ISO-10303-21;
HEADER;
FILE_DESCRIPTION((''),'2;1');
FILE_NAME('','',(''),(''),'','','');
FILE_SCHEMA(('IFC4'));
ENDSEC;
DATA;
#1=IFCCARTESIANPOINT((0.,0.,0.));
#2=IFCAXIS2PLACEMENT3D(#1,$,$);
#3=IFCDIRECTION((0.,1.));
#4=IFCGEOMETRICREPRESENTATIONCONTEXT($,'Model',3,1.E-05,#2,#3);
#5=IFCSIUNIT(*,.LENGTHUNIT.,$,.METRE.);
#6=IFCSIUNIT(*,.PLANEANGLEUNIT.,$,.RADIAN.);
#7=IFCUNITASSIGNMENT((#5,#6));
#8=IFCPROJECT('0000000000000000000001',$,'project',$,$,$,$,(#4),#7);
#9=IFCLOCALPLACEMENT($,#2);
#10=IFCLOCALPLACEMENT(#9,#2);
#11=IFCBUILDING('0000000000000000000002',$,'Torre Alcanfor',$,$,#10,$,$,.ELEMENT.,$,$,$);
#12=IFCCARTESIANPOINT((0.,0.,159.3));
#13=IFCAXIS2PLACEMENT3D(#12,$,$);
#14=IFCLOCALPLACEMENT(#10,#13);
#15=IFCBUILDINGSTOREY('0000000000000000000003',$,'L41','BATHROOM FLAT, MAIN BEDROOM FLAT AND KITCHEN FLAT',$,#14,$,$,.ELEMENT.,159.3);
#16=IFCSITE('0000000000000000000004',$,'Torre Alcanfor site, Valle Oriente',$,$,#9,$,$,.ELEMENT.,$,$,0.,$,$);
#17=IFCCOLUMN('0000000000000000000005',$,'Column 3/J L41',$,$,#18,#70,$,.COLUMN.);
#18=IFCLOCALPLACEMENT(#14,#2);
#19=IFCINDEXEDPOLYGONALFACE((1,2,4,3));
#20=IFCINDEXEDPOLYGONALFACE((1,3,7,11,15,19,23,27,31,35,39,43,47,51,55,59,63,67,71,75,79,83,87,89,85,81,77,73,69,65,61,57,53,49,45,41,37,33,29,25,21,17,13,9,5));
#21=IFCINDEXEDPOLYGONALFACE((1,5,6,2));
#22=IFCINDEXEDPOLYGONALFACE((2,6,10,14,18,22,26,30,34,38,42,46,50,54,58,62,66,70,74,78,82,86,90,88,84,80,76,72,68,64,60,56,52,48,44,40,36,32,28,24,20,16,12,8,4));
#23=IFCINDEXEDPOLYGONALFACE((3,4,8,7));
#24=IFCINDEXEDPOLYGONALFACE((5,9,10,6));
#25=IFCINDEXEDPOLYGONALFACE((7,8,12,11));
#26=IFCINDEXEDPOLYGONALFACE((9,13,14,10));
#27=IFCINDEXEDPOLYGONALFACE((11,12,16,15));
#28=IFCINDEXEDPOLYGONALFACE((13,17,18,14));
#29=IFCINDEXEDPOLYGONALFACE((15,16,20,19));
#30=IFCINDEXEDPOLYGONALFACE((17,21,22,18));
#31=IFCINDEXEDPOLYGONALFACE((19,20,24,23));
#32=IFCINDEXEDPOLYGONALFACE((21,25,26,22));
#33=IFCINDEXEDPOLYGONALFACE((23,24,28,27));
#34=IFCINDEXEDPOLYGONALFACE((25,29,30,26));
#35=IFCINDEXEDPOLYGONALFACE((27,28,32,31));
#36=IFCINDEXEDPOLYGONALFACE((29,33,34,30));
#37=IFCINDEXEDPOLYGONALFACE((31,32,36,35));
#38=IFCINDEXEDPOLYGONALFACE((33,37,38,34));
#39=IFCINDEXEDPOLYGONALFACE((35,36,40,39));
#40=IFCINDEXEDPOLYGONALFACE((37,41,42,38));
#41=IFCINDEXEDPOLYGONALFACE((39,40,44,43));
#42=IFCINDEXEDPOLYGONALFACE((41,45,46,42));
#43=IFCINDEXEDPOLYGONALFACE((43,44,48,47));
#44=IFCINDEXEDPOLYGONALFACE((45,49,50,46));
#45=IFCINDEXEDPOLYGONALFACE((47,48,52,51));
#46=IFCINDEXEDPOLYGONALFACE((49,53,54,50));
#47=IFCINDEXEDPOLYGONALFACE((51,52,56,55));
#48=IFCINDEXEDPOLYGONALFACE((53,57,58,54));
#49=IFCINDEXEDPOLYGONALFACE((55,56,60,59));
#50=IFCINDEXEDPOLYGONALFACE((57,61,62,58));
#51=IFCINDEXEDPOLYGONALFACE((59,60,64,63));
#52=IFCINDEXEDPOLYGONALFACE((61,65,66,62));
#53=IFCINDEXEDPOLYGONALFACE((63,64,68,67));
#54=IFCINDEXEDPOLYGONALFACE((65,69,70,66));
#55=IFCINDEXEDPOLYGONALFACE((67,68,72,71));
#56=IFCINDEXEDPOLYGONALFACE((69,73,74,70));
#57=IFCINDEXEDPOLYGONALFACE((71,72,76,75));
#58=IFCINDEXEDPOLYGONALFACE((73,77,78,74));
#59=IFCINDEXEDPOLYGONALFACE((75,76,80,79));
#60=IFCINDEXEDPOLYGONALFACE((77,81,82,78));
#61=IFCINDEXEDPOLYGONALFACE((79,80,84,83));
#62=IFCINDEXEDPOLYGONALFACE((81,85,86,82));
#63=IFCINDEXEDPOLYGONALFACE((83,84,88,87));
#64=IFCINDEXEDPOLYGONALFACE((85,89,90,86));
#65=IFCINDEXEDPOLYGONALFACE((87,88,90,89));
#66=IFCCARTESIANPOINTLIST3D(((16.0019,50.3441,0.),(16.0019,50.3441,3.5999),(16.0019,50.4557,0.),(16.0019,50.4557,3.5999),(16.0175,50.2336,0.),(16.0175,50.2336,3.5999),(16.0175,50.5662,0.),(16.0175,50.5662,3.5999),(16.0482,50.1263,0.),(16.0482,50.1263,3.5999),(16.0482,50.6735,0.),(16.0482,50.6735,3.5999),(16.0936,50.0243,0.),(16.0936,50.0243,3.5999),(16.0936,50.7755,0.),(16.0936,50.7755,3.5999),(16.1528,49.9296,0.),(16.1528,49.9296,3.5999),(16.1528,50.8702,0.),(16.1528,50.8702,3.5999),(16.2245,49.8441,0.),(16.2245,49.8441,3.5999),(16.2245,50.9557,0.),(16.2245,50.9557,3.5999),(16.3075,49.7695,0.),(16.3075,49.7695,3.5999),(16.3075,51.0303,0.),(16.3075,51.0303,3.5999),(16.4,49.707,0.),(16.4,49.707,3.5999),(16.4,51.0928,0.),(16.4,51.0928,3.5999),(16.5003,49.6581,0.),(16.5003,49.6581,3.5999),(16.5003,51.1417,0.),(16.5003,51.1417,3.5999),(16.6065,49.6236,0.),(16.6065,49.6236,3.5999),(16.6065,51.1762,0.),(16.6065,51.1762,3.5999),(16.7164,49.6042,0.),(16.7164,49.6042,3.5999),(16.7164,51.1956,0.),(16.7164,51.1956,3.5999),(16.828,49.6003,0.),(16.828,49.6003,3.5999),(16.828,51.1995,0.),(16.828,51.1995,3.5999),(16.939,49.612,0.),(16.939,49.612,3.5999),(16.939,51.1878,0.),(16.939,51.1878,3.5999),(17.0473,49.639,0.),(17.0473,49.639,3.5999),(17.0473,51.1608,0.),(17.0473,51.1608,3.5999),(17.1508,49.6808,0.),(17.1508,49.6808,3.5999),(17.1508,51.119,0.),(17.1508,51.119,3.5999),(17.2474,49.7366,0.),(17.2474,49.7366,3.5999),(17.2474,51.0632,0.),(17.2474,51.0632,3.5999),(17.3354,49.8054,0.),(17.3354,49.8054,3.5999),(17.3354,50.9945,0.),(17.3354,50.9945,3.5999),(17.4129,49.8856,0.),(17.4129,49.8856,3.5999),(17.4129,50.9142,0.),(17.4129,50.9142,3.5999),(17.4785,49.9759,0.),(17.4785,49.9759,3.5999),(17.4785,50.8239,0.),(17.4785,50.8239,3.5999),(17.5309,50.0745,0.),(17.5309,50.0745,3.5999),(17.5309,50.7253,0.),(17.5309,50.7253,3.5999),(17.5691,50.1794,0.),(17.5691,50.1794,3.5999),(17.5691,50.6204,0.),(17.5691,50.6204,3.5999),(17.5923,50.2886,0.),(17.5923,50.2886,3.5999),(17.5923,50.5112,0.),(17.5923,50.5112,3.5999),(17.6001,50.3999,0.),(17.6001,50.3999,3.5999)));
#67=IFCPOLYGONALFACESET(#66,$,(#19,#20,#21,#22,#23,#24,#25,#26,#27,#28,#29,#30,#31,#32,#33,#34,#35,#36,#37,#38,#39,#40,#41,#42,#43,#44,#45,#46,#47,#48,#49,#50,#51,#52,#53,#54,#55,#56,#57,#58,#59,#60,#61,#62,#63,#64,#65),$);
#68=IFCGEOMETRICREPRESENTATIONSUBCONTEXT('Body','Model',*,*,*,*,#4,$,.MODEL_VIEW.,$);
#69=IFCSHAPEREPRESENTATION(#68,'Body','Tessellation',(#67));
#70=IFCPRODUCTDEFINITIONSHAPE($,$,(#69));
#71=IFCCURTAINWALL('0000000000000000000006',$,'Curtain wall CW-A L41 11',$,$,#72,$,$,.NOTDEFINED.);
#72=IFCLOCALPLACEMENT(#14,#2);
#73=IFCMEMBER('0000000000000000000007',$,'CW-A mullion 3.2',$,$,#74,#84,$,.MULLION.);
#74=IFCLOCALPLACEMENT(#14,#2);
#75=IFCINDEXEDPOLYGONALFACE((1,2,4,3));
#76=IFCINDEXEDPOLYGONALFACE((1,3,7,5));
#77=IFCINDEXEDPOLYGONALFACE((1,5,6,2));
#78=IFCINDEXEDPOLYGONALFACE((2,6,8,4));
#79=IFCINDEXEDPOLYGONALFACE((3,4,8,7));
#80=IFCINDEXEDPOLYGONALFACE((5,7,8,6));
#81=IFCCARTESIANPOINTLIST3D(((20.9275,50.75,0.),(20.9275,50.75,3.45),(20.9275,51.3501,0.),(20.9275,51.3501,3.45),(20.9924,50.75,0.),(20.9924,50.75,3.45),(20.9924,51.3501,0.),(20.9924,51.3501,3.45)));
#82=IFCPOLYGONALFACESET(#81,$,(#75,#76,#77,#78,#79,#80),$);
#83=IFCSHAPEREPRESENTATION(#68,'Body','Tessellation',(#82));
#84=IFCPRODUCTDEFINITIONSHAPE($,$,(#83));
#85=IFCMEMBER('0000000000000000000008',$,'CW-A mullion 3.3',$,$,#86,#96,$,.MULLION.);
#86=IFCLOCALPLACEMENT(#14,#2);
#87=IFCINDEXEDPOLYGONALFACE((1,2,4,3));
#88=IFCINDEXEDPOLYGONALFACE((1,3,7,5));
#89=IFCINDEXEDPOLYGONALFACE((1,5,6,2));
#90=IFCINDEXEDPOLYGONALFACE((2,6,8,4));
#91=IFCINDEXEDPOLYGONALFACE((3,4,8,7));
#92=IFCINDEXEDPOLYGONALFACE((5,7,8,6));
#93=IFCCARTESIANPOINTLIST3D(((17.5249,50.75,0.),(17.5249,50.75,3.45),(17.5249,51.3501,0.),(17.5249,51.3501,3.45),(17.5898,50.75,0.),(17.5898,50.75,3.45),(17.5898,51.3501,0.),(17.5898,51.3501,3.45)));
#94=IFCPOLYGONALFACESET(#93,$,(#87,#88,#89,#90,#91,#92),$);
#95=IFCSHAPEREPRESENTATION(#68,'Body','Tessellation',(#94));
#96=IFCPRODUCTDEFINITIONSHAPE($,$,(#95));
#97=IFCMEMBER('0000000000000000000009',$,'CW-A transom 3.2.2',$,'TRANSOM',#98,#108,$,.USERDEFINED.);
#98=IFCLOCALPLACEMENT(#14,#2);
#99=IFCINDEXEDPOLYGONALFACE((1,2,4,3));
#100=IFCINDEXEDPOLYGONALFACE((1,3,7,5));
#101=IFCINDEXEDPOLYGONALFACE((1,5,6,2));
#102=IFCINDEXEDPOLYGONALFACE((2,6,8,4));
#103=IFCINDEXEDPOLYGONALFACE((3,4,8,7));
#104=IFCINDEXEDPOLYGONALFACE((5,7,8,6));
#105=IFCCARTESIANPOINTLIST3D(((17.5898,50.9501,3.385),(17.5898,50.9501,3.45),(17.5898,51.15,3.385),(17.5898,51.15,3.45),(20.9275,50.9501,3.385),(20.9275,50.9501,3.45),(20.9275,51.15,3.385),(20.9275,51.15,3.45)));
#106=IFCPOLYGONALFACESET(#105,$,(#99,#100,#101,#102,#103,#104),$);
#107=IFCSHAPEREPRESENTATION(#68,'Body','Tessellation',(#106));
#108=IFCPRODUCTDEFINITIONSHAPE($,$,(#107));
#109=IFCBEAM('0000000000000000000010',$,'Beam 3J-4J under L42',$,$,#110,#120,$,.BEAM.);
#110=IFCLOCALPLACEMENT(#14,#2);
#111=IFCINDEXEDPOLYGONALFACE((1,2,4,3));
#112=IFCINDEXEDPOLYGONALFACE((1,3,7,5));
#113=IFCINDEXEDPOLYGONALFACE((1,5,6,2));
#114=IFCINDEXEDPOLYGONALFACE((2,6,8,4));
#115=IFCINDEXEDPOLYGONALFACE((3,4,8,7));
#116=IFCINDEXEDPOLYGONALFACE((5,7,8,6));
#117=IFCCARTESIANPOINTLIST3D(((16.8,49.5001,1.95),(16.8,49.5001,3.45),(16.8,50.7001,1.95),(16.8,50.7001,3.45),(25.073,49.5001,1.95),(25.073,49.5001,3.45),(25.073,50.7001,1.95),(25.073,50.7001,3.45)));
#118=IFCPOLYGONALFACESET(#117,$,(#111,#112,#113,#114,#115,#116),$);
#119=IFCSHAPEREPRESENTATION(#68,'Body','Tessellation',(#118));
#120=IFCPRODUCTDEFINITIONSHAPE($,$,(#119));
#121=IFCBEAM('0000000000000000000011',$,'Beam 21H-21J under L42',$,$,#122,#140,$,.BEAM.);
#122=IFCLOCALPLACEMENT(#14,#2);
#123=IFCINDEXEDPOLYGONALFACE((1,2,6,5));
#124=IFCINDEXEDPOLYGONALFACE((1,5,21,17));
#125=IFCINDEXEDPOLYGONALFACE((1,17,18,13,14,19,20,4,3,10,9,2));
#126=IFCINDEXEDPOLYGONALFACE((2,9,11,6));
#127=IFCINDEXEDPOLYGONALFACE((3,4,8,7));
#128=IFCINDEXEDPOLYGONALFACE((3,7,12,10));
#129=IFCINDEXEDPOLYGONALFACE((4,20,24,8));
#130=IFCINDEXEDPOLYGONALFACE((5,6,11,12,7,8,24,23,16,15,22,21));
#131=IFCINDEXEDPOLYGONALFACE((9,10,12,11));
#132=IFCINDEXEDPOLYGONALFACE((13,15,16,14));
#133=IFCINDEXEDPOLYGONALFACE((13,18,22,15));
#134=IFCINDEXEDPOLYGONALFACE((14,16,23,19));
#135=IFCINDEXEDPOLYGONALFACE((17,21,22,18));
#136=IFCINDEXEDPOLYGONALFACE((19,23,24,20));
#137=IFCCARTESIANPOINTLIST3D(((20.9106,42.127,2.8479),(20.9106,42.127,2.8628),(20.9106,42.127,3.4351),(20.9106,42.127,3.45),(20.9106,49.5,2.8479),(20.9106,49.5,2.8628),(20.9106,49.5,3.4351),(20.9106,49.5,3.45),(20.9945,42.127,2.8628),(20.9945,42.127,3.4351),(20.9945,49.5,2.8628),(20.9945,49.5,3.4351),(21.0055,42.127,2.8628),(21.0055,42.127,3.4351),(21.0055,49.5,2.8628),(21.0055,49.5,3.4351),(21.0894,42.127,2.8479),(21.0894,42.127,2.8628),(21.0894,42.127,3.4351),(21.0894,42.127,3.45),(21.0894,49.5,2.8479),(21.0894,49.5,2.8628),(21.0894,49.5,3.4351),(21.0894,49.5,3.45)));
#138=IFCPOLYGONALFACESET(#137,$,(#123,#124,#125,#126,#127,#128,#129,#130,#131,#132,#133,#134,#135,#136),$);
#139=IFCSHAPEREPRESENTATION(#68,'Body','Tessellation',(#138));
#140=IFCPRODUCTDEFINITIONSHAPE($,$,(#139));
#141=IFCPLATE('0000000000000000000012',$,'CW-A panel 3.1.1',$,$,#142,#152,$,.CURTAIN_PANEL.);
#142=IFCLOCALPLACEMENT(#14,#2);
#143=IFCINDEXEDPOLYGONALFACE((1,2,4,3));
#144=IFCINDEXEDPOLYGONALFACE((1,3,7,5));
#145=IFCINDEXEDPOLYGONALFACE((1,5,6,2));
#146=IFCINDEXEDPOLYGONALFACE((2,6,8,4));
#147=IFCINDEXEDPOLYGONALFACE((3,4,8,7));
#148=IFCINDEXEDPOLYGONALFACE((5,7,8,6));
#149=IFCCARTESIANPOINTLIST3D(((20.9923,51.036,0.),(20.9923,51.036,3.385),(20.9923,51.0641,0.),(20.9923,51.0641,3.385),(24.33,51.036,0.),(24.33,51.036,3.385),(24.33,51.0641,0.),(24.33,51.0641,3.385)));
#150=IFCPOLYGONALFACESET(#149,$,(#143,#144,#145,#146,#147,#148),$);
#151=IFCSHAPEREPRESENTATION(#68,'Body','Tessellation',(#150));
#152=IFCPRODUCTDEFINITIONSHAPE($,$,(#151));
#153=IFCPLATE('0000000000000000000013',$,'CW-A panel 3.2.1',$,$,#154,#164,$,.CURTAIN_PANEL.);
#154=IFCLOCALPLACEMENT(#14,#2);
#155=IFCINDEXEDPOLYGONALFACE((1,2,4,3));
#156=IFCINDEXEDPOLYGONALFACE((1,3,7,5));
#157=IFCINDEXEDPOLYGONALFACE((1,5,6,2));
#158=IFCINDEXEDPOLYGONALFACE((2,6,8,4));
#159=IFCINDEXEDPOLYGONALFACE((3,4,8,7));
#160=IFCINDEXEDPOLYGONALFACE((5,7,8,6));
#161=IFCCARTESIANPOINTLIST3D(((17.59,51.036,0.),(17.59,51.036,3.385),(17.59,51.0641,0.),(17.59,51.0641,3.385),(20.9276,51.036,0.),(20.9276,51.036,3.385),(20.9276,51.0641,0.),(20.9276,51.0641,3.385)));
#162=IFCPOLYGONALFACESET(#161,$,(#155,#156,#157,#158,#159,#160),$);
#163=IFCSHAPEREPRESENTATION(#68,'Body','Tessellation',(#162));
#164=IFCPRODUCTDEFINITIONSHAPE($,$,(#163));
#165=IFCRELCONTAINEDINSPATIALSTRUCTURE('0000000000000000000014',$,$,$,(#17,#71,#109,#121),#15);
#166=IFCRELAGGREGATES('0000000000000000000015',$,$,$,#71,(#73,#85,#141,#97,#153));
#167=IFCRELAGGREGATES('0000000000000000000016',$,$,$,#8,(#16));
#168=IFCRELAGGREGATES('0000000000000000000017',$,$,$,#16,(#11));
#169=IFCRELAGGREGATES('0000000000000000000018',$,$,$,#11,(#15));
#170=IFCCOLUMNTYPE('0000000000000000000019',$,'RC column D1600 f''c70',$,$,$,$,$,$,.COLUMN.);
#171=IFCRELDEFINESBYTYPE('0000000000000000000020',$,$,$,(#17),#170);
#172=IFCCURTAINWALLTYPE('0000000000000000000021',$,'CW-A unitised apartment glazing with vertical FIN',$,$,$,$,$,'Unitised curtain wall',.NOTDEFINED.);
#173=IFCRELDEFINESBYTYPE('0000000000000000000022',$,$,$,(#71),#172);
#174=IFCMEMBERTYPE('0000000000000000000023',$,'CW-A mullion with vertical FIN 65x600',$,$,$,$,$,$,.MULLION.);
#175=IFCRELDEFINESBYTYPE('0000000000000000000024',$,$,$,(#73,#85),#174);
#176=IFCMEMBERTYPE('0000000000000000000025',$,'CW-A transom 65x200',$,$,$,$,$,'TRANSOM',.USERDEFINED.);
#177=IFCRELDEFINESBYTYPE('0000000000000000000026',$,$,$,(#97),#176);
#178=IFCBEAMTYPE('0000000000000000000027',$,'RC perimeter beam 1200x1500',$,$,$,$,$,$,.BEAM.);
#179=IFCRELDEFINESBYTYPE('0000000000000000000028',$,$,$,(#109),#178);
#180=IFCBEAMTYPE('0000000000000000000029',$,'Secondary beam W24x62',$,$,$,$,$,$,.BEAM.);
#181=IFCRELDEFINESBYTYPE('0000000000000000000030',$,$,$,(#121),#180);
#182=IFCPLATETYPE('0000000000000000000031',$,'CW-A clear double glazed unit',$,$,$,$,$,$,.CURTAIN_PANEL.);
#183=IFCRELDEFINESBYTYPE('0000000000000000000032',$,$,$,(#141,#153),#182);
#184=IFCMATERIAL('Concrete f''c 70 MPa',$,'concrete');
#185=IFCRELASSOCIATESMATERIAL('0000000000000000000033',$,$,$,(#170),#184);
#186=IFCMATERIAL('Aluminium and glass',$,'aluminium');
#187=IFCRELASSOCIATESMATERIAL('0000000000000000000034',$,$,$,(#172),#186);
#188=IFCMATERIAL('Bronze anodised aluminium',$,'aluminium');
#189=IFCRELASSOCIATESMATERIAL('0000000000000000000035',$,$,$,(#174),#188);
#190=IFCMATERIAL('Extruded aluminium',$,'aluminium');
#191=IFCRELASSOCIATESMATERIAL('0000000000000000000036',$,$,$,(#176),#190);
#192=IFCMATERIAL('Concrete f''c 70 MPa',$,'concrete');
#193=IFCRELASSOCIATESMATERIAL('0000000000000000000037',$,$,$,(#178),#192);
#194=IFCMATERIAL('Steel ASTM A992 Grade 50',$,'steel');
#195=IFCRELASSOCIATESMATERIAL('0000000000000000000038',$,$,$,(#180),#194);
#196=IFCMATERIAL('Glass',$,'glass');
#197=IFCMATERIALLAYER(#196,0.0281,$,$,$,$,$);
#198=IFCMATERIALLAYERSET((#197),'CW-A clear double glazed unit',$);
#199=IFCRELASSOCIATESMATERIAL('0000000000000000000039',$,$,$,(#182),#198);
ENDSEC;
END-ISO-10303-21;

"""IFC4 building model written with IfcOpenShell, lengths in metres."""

from ifc_helpers import new_model, si_unit, direction, frame, origin, origin_2d, place, context, subcontext, project, spatial, rectangle, circle, i_section, extrude, material, layer, layer_set, material_profile, profile_set, type_object, element, aggregate, save


model = new_model("IFC4")

# Units and contexts
model_context = context("Model", 3, precision=1e-05, world=origin(), true_north=direction((0.0, 1.0)))
body_context = subcontext(model_context, "Body", "Model", "MODEL_VIEW")
ifc_project = project(units=[si_unit("LENGTHUNIT", "METRE"), si_unit("PLANEANGLEUNIT", "RADIAN")], contexts=[model_context])

# Site, building, storey
site_placement = place(None, origin())
site = spatial("IfcSite", under=ifc_project, at=site_placement, Name="Torre Alcanfor site, Valle Oriente", CompositionType="ELEMENT", RefElevation=0.0)
building_placement = place(site_placement, origin())
building = spatial("IfcBuilding", under=site, at=building_placement, Name="Torre Alcanfor", CompositionType="ELEMENT")
storey_placement = place(building_placement, frame((0.0, 0.0, 159.3)))
storey = spatial("IfcBuildingStorey", under=building, at=storey_placement, Name="L41", Description="BATHROOM FLAT, MAIN BEDROOM FLAT AND KITCHEN FLAT", CompositionType="ELEMENT", Elevation=159.3)

# Column
ifc_material_1 = material(Name="Concrete f'c 70 MPa", Category="concrete")
ifc_material_profile_1 = material_profile(ifc_material_1, circle(Radius=0.8, at=origin_2d()), Name="D1600")
ifc_profile_set_1 = profile_set([ifc_material_profile_1], Name="Concrete f'c 70 MPa")
column_type = type_object("IfcColumnType", Name="RC column D1600 f'c70", PredefinedType="COLUMN", material=ifc_profile_set_1)
column_placement = place(storey_placement, frame((16.8, 50.3999, 0.0), z_axis=(0.0, 0.0, 1.0), x_axis=(1.0, 0.0, 0.0)))
element("IfcColumn", 1, at=column_placement, inside=storey, type_object=column_type, Name="Column 3/J L41", PredefinedType="COLUMN", context=body_context, shape_type="SweptSolid", body=[
    extrude(circle(Radius=0.8, at=origin_2d()), origin(), (0.0, 0.0, 1.0), 3.5999),
])

# Curtain wall, members
ifc_material_2 = material(Name="Aluminium and glass", Category="aluminium")
curtain_wall_type = type_object("IfcCurtainWallType", Name="CW-A unitised apartment glazing with vertical FIN", ElementType="Unitised curtain wall", PredefinedType="NOTDEFINED", material=ifc_material_2)
curtain_wall_placement = place(storey_placement, origin())
curtain_wall = element("IfcCurtainWall", 2, at=curtain_wall_placement, inside=storey, type_object=curtain_wall_type, Name="Curtain wall CW-A L41 11", PredefinedType="NOTDEFINED")
ifc_material_3 = material(Name="Bronze anodised aluminium", Category="aluminium")
ifc_material_profile_2 = material_profile(ifc_material_3, rectangle(XDim=0.6001, YDim=0.0649, at=origin_2d()), Name="CW-A mullion 65x600")
ifc_profile_set_2 = profile_set([ifc_material_profile_2], Name="Bronze anodised aluminium")
member_type_1 = type_object("IfcMemberType", Name="CW-A mullion with vertical FIN 65x600", PredefinedType="MULLION", material=ifc_profile_set_2)
member_1_placement = place(storey_placement, frame((20.96, 51.05, 0.0), z_axis=(0.0, 0.0, 1.0), x_axis=(0.0, -1.0, 0.0)))
member_1 = element("IfcMember", 3, at=member_1_placement, type_object=member_type_1, Name="CW-A mullion 3.2", PredefinedType="MULLION", context=body_context, shape_type="SweptSolid", body=[
    extrude(rectangle(XDim=0.6001, YDim=0.0649, at=origin_2d()), origin(), (0.0, 0.0, 1.0), 3.45),
])
member_2_placement = place(storey_placement, frame((17.5574, 51.05, 0.0), z_axis=(0.0, 0.0, 1.0), x_axis=(0.0, -1.0, 0.0)))
member_2 = element("IfcMember", 4, at=member_2_placement, type_object=member_type_1, Name="CW-A mullion 3.3", PredefinedType="MULLION", context=body_context, shape_type="SweptSolid", body=[
    extrude(rectangle(XDim=0.6001, YDim=0.0649, at=origin_2d()), origin(), (0.0, 0.0, 1.0), 3.45),
])
ifc_material_4 = material(Name="Extruded aluminium", Category="aluminium")
ifc_material_profile_3 = material_profile(ifc_material_4, rectangle(XDim=0.2, YDim=0.0649, at=origin_2d()), Name="CW-A transom 200x65")
ifc_profile_set_3 = profile_set([ifc_material_profile_3], Name="Extruded aluminium")
member_type_2 = type_object("IfcMemberType", Name="CW-A transom 65x200", ElementType="TRANSOM", PredefinedType="USERDEFINED", material=ifc_profile_set_3)
member_3_placement = place(storey_placement, frame((20.9275, 51.05, 3.4175), z_axis=(-1.0, 0.0, 0.0), x_axis=(0.0, -1.0, 0.0)))
member_3 = element("IfcMember", 5, at=member_3_placement, type_object=member_type_2, Name="CW-A transom 3.2.2", ObjectType="TRANSOM", PredefinedType="USERDEFINED", context=body_context, shape_type="SweptSolid", body=[
    extrude(rectangle(XDim=0.2, YDim=0.0649, at=origin_2d()), origin(), (0.0, 0.0, 1.0), 3.3376),
])

# Beams
ifc_material_5 = material(Name="Concrete f'c 70 MPa", Category="concrete")
ifc_material_profile_4 = material_profile(ifc_material_5, rectangle(XDim=1.2, YDim=1.5, at=origin_2d()), Name="1200x1500")
ifc_profile_set_4 = profile_set([ifc_material_profile_4], Name="Concrete f'c 70 MPa")
beam_type_1 = type_object("IfcBeamType", Name="RC perimeter beam 1200x1500", PredefinedType="BEAM", material=ifc_profile_set_4)
beam_1_placement = place(storey_placement, frame((16.8, 50.1001, 2.7), z_axis=(1.0, 0.0, 0.0), x_axis=(0.0, 1.0, 0.0)))
element("IfcBeam", 6, at=beam_1_placement, inside=storey, type_object=beam_type_1, Name="Beam 3J-4J under L42", PredefinedType="BEAM", context=body_context, shape_type="SweptSolid", body=[
    extrude(rectangle(XDim=1.2, YDim=1.5, at=origin_2d()), origin(), (0.0, 0.0, 1.0), 8.2729),
])
ifc_material_6 = material(Name="Steel ASTM A992 Grade 50", Category="steel")
ifc_material_profile_5 = material_profile(ifc_material_6, i_section(OverallWidth=0.1787, OverallDepth=0.6021, WebThickness=0.011, FlangeThickness=0.0149, at=origin_2d()), Name="W24x62")
ifc_profile_set_5 = profile_set([ifc_material_profile_5], Name="Steel ASTM A992 Grade 50")
beam_type_2 = type_object("IfcBeamType", Name="Secondary beam W24x62", PredefinedType="BEAM", material=ifc_profile_set_5)
beam_2_placement = place(storey_placement, frame((21.0, 42.127, 3.1489), z_axis=(0.0, 1.0, 0.0), x_axis=(-1.0, 0.0, 0.0)))
element("IfcBeam", 7, at=beam_2_placement, inside=storey, type_object=beam_type_2, Name="Beam 21H-21J under L42", PredefinedType="BEAM", context=body_context, shape_type="SweptSolid", body=[
    extrude(i_section(OverallWidth=0.1787, OverallDepth=0.6021, WebThickness=0.011, FlangeThickness=0.0149, at=origin_2d()), origin(), (0.0, 0.0, 1.0), 7.373),
])

# Plates
ifc_material_7 = material(Name="Glass", Category="glass")
ifc_layer_1 = layer(ifc_material_7, 0.0281)
ifc_layer_set_1 = layer_set([ifc_layer_1], Name="CW-A clear double glazed unit")
plate_type = type_object("IfcPlateType", Name="CW-A clear double glazed unit", PredefinedType="CURTAIN_PANEL", material=ifc_layer_set_1)
plate_1_placement = place(storey_placement, frame((22.6611, 51.05, 0.0), z_axis=(0.0, 0.0, 1.0), x_axis=(-1.0, 0.0, 0.0)))
plate_1 = element("IfcPlate", 8, at=plate_1_placement, type_object=plate_type, Name="CW-A panel 3.1.1", PredefinedType="CURTAIN_PANEL", context=body_context, shape_type="SweptSolid", body=[
    extrude(rectangle(XDim=3.3376, YDim=0.0281, at=origin_2d()), origin(), (0.0, 0.0, 1.0), 3.385),
])
plate_2_placement = place(storey_placement, frame((19.2588, 51.05, 0.0), z_axis=(0.0, 0.0, 1.0), x_axis=(-1.0, 0.0, 0.0)))
plate_2 = element("IfcPlate", 9, at=plate_2_placement, type_object=plate_type, Name="CW-A panel 3.2.1", PredefinedType="CURTAIN_PANEL", context=body_context, shape_type="SweptSolid", body=[
    extrude(rectangle(XDim=3.3376, YDim=0.0281, at=origin_2d()), origin(), (0.0, 0.0, 1.0), 3.385),
])
aggregate(curtain_wall, [member_1, member_2, plate_1, member_3, plate_2])

save(model, "model.ifc")
